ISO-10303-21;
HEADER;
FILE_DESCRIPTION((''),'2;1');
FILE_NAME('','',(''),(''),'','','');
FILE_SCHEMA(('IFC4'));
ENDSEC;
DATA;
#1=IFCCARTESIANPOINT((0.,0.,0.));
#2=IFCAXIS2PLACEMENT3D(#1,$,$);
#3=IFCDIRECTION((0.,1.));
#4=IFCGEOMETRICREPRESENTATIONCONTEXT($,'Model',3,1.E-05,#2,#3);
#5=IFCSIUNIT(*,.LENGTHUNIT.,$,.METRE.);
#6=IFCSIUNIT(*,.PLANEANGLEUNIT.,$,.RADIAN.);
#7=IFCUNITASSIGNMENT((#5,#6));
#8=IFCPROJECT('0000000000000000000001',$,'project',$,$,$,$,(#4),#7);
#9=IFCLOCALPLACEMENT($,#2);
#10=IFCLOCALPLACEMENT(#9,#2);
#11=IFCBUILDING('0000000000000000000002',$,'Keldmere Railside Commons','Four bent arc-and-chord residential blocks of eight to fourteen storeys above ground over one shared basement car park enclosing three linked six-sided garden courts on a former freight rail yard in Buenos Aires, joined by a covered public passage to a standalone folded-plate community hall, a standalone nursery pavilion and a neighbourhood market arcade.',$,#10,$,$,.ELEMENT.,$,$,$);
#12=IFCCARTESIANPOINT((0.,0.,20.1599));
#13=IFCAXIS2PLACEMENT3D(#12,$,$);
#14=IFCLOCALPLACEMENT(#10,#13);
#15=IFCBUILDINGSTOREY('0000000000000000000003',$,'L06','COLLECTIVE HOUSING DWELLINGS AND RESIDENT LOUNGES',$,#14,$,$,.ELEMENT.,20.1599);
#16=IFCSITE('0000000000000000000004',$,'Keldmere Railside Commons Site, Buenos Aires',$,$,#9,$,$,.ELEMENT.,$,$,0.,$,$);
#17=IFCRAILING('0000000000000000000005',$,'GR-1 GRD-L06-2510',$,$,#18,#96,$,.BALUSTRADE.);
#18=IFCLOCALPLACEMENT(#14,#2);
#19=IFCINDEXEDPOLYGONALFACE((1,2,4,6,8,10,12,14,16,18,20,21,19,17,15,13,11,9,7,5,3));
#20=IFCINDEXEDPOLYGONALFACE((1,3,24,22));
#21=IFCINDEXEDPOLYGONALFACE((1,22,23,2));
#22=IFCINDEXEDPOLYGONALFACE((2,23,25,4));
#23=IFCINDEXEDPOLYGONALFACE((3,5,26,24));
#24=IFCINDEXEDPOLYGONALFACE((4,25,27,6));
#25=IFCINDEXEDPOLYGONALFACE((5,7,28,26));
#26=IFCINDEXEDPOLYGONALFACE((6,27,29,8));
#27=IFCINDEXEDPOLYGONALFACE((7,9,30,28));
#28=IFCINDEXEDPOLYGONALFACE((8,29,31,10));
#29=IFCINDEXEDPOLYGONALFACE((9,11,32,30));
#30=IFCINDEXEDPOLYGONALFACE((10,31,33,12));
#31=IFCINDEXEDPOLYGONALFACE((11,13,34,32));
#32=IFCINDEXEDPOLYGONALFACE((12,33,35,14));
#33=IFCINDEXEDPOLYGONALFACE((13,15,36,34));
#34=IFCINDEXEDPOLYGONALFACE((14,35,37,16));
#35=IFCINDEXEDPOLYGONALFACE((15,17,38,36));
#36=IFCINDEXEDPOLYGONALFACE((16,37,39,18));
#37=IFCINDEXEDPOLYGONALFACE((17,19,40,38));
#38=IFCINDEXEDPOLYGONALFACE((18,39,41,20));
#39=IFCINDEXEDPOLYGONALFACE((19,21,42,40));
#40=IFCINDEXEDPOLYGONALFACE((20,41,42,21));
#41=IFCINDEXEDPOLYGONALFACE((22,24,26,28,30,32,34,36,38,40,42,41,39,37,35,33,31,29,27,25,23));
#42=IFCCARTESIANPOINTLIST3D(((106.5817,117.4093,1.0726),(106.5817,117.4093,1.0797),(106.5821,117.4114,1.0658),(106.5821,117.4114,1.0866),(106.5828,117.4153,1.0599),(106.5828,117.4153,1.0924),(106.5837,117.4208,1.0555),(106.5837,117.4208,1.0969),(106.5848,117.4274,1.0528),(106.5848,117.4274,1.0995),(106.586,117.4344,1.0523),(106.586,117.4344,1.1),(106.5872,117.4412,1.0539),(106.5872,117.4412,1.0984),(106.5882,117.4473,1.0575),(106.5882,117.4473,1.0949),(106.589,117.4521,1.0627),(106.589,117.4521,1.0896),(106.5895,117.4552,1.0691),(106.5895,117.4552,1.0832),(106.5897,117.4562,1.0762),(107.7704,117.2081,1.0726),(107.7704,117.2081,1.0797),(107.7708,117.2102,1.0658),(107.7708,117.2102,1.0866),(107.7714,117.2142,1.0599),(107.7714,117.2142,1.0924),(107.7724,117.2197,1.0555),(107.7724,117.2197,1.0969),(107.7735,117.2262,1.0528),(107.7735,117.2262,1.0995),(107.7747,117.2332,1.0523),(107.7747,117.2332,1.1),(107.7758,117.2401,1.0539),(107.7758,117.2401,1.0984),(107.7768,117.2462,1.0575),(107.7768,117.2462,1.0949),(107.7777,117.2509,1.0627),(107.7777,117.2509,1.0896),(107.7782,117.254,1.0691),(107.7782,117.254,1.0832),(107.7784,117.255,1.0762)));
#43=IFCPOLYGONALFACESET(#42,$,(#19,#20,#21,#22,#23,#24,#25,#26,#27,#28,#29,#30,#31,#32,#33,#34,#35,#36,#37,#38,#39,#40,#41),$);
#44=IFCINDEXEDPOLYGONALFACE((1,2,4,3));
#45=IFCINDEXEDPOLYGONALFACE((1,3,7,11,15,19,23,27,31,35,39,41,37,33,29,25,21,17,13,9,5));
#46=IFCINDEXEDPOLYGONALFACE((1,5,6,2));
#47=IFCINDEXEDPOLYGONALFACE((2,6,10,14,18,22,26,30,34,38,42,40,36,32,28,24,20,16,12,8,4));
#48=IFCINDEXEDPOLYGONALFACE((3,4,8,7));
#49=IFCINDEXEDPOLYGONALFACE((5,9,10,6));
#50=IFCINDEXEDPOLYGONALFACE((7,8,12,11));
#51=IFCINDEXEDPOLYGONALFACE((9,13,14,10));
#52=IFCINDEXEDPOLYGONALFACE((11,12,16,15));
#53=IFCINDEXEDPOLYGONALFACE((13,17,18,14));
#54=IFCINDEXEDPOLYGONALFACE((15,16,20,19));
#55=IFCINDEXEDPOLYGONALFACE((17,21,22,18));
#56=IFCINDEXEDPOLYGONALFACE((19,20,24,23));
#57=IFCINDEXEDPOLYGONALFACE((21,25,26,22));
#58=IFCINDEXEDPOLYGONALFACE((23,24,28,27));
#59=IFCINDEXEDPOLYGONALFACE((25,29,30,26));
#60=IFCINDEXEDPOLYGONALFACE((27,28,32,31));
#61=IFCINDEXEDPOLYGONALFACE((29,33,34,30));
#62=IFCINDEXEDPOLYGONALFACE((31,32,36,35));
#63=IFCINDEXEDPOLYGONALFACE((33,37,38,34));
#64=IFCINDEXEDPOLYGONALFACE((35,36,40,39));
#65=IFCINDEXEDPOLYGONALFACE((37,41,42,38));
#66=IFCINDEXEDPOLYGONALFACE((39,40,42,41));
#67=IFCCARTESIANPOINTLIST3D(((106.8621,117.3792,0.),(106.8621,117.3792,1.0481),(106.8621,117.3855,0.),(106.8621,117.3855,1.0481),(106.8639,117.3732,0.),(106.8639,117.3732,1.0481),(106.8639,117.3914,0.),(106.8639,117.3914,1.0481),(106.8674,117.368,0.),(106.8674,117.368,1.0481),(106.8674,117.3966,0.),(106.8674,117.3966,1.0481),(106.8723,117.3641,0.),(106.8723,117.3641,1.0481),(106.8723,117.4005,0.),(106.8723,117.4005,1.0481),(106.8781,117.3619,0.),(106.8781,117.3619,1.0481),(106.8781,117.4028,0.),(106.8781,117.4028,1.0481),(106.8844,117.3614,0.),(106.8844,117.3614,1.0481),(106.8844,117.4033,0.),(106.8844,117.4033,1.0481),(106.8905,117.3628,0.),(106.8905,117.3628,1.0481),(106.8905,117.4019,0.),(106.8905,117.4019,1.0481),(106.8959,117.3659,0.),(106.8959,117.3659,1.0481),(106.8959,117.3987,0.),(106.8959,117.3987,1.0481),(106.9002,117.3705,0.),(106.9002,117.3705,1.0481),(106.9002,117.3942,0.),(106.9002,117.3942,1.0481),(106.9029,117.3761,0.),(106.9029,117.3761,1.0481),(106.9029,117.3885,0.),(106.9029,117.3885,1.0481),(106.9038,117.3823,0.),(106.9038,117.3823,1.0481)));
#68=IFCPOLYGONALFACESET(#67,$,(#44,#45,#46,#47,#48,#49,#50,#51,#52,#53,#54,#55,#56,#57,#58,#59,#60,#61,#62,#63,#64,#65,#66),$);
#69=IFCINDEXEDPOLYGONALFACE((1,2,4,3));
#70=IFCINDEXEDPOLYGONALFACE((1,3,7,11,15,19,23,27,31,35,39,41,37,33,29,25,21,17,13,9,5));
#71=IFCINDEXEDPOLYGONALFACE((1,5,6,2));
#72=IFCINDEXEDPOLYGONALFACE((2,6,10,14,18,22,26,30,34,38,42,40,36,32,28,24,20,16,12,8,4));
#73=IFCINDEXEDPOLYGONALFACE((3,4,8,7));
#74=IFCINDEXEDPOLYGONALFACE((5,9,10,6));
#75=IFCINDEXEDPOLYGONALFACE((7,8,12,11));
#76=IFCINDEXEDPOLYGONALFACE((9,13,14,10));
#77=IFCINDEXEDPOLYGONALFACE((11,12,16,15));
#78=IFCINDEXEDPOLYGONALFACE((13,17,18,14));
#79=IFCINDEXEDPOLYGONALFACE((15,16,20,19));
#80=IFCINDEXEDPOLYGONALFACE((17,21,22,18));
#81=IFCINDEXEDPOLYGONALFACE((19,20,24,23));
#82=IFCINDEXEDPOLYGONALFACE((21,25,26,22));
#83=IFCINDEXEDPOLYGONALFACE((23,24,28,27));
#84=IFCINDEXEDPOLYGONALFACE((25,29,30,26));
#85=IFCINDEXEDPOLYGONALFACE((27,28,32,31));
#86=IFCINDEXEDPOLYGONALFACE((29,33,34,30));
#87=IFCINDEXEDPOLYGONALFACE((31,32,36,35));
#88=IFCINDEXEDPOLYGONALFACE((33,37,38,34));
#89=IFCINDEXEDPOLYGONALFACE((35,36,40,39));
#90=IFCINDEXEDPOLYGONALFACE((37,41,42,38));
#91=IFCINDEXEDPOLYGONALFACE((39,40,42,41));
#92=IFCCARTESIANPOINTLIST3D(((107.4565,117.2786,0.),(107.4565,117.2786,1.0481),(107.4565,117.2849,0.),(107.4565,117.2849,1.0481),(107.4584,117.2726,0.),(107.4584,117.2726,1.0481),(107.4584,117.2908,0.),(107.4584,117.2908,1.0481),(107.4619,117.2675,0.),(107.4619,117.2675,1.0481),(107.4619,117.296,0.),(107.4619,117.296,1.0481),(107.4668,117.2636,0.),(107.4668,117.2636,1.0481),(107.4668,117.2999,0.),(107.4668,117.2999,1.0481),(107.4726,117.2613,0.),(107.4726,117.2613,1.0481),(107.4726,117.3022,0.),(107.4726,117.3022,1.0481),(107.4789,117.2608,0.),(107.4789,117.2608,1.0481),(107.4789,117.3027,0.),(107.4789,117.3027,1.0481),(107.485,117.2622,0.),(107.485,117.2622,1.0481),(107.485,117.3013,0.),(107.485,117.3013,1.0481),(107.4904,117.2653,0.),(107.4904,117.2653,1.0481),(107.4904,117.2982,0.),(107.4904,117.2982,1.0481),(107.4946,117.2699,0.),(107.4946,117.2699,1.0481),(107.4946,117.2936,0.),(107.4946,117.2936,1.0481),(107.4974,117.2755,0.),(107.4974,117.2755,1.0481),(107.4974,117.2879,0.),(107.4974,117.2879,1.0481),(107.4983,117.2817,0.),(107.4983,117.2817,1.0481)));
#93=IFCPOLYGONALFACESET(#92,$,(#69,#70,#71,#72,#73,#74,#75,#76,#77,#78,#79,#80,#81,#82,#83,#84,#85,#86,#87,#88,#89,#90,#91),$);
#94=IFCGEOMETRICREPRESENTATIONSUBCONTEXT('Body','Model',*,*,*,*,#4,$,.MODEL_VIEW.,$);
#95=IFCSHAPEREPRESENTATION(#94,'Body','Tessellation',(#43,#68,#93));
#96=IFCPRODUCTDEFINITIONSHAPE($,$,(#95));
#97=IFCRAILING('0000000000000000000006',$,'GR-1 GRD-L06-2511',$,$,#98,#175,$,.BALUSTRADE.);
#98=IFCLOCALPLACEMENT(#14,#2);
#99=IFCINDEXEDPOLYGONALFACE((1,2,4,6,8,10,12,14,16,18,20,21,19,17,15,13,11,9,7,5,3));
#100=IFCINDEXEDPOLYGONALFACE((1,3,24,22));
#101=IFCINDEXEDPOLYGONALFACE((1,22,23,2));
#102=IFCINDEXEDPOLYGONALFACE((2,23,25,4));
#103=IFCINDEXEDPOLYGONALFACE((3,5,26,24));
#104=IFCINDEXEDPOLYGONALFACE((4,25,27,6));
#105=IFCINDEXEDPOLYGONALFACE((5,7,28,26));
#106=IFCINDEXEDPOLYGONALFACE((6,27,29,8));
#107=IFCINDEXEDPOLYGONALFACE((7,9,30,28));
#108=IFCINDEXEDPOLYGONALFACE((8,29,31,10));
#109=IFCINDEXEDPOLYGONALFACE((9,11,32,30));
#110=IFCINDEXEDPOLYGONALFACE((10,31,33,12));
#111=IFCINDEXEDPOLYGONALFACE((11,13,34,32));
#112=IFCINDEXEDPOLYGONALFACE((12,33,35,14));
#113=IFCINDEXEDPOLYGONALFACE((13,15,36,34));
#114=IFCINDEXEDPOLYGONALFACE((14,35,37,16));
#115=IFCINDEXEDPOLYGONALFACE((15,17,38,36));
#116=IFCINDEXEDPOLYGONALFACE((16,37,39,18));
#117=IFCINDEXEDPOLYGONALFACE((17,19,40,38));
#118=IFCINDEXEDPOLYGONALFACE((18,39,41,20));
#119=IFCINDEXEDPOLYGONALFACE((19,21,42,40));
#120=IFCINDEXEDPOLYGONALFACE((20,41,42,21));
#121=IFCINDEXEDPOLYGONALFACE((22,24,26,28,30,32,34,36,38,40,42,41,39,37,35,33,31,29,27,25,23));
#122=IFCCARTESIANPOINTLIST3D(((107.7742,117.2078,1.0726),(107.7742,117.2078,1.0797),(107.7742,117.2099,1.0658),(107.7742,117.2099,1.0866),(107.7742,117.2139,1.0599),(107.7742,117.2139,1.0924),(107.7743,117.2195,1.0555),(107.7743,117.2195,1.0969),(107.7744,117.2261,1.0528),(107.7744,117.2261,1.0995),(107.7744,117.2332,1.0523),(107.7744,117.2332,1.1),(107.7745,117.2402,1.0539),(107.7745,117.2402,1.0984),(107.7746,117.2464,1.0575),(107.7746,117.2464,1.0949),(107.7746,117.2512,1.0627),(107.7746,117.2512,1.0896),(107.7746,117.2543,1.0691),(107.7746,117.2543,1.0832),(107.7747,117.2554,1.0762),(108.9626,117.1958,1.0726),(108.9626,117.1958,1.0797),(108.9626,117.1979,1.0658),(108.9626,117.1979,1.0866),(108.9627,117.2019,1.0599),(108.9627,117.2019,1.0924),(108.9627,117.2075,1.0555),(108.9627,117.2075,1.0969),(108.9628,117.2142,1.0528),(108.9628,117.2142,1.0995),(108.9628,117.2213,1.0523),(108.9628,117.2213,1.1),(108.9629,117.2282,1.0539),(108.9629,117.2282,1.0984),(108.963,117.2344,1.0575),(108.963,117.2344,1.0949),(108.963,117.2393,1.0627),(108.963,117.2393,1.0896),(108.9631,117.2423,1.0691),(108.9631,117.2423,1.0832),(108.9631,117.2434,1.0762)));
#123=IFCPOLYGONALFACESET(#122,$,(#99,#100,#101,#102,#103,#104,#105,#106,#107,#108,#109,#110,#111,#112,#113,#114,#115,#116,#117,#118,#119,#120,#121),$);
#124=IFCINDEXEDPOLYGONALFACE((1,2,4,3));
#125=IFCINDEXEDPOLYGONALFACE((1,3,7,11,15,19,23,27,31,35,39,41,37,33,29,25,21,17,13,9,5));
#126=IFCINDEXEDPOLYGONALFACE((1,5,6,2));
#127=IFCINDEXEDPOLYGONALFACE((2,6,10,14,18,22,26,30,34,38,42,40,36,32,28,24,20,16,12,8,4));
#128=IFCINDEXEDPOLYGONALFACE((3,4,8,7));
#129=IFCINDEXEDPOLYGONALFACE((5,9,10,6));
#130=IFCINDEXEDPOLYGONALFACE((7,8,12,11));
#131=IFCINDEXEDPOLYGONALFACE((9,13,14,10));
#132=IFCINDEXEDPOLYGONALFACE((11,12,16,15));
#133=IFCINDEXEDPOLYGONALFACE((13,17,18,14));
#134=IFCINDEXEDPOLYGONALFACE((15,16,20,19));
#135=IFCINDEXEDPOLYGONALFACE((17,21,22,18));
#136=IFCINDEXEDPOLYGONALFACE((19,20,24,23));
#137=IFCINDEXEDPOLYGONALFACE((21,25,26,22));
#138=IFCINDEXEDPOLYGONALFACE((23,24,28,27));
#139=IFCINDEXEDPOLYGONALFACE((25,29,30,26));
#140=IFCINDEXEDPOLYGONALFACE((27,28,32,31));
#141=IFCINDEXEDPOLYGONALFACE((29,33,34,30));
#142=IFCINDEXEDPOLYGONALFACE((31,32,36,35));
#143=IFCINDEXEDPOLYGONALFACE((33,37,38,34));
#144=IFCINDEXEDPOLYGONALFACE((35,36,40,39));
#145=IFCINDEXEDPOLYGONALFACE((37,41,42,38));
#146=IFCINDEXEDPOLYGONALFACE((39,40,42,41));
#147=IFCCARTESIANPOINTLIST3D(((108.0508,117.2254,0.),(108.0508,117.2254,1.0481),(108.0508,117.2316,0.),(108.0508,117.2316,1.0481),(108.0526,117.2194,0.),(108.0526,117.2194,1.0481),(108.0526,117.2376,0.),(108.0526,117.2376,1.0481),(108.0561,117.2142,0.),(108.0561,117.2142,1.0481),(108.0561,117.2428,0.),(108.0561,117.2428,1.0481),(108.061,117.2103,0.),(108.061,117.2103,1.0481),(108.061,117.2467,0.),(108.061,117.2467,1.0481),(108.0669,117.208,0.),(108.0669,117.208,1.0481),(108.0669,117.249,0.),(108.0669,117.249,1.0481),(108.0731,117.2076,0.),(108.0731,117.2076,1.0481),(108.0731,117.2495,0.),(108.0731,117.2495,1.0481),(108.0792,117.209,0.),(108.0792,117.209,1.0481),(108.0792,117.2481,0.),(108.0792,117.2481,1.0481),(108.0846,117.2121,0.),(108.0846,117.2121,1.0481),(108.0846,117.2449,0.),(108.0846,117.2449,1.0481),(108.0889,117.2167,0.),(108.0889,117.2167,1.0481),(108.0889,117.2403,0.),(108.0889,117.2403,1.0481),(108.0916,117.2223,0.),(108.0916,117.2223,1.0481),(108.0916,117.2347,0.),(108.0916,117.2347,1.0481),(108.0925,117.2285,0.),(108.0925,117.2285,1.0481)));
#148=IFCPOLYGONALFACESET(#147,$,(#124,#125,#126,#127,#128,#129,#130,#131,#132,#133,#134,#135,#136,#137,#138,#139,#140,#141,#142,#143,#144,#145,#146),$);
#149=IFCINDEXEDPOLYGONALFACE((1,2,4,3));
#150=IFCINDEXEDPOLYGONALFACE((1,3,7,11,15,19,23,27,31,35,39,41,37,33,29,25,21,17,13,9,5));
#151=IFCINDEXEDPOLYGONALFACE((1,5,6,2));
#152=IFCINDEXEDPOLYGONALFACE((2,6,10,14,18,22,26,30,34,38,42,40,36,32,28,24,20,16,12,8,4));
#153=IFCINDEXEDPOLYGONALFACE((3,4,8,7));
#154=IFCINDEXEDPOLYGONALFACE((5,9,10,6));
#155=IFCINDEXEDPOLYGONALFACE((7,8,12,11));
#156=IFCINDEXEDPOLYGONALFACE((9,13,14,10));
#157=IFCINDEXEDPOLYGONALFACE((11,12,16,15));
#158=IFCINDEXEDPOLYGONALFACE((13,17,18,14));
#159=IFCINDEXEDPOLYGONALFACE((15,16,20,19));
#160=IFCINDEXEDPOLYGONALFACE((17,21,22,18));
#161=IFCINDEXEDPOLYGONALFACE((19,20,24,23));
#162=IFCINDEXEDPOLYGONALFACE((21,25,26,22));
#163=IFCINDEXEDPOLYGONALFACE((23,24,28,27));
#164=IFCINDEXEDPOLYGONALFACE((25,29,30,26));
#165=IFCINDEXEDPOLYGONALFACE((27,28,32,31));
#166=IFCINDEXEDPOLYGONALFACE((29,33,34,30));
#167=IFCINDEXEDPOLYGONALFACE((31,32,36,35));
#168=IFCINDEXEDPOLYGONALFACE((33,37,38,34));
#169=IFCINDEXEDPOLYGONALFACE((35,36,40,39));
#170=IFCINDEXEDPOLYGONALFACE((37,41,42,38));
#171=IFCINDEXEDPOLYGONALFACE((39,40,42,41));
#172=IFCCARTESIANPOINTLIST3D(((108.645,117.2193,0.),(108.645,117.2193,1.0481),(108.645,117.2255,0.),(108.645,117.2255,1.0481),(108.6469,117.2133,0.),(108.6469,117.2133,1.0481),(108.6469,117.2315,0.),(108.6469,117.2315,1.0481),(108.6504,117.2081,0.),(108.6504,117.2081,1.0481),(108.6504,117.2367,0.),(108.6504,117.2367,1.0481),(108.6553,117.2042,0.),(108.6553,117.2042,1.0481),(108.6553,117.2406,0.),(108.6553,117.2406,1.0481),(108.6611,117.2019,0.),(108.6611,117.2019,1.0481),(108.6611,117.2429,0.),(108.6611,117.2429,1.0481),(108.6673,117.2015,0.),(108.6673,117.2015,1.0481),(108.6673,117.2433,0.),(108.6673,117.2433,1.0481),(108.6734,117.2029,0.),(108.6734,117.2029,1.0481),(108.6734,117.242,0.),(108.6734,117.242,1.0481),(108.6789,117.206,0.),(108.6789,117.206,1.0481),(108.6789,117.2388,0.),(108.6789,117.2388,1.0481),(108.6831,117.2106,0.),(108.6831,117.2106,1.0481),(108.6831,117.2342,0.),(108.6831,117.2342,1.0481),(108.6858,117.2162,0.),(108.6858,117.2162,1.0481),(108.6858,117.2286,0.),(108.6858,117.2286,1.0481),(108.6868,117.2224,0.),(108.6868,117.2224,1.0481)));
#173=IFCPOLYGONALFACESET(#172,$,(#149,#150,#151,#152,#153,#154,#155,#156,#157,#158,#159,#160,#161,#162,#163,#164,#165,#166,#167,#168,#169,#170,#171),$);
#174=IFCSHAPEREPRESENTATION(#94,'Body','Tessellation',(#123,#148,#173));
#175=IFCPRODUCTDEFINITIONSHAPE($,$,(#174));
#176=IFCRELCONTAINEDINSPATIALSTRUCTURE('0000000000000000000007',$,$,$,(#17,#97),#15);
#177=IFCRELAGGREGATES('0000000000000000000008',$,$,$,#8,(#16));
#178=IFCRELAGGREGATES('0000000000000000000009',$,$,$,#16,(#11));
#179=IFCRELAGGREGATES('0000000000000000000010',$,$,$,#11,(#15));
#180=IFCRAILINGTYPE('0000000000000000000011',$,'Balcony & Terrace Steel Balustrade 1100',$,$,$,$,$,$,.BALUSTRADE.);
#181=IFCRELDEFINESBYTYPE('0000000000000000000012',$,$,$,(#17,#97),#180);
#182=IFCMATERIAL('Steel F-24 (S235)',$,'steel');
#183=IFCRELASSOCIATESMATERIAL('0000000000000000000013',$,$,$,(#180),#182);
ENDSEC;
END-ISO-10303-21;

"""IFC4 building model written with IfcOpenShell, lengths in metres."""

from ifc_helpers import new_model, si_unit, direction, frame, origin, origin_2d, place, context, subcontext, project, spatial, circle, extrude, material, type_object, element, save


model = new_model("IFC4")

# Units and contexts
model_context = context("Model", 3, precision=1e-05, world=origin(), true_north=direction((0.0, 1.0)))
body_context = subcontext(model_context, "Body", "Model", "MODEL_VIEW")
ifc_project = project(units=[si_unit("LENGTHUNIT", "METRE"), si_unit("PLANEANGLEUNIT", "RADIAN")], contexts=[model_context])

# Site, building, storey
site_placement = place(None, origin())
site = spatial("IfcSite", under=ifc_project, at=site_placement, Name="Keldmere Railside Commons Site, Buenos Aires", CompositionType="ELEMENT", RefElevation=0.0)
building_placement = place(site_placement, origin())
building = spatial("IfcBuilding", under=site, at=building_placement, Name="Keldmere Railside Commons", Description="Four bent arc-and-chord residential blocks of eight to fourteen storeys above ground over one shared basement car park enclosing three linked six-sided garden courts on a former freight rail yard in Buenos Aires, joined by a covered public passage to a standalone folded-plate community hall, a standalone nursery pavilion and a neighbourhood market arcade.", CompositionType="ELEMENT")
storey_placement = place(building_placement, frame((0.0, 0.0, 20.1599)))
storey = spatial("IfcBuildingStorey", under=building, at=storey_placement, Name="L06", Description="COLLECTIVE HOUSING DWELLINGS AND RESIDENT LOUNGES", CompositionType="ELEMENT", Elevation=20.1599)

# Railings
ifc_material_1 = material(Name="Steel F-24 (S235)", Category="steel")
railing_type = type_object("IfcRailingType", Name="Balcony & Terrace Steel Balustrade 1100", PredefinedType="BALUSTRADE", material=ifc_material_1)
railing_1_placement = place(storey_placement, frame((106.5857, 117.4326, 0.0)))
element("IfcRailing", 1, at=railing_1_placement, inside=storey, type_object=railing_type, Name="GR-1 GRD-L06-2510", PredefinedType="BALUSTRADE", context=body_context, shape_type="SweptSolid", body=[
    extrude(circle(Radius=0.0239, at=origin_2d()), frame((0.0, 0.0, 1.0762), z_axis=(0.98598, -0.166861, 0.0), x_axis=(0.166861, 0.98598, 0.0)), (0.0, 0.0, 1.0), 1.2056),
    extrude(circle(Radius=0.021, at=origin_2d()), frame((0.2971, -0.0503, 0.0)), (0.0, 0.0, 1.0), 1.0481),
    extrude(circle(Radius=0.021, at=origin_2d()), frame((0.8916, -0.1509, 0.0)), (0.0, 0.0, 1.0), 1.0481),
])
railing_2_placement = place(storey_placement, frame((107.7744, 117.2314, 0.0)))
element("IfcRailing", 2, at=railing_2_placement, inside=storey, type_object=railing_type, Name="GR-1 GRD-L06-2511", PredefinedType="BALUSTRADE", context=body_context, shape_type="SweptSolid", body=[
    extrude(circle(Radius=0.0239, at=origin_2d()), frame((0.0, 0.0, 1.0762), z_axis=(0.999949, -0.010065, 0.0), x_axis=(0.010065, 0.999949, 0.0)), (0.0, 0.0, 1.0), 1.1885),
    extrude(circle(Radius=0.021, at=origin_2d()), frame((0.2971, -0.0029, 0.0)), (0.0, 0.0, 1.0), 1.0481),
    extrude(circle(Radius=0.021, at=origin_2d()), frame((0.8914, -0.009, 0.0)), (0.0, 0.0, 1.0), 1.0481),
])

save(model, "model.ifc")
